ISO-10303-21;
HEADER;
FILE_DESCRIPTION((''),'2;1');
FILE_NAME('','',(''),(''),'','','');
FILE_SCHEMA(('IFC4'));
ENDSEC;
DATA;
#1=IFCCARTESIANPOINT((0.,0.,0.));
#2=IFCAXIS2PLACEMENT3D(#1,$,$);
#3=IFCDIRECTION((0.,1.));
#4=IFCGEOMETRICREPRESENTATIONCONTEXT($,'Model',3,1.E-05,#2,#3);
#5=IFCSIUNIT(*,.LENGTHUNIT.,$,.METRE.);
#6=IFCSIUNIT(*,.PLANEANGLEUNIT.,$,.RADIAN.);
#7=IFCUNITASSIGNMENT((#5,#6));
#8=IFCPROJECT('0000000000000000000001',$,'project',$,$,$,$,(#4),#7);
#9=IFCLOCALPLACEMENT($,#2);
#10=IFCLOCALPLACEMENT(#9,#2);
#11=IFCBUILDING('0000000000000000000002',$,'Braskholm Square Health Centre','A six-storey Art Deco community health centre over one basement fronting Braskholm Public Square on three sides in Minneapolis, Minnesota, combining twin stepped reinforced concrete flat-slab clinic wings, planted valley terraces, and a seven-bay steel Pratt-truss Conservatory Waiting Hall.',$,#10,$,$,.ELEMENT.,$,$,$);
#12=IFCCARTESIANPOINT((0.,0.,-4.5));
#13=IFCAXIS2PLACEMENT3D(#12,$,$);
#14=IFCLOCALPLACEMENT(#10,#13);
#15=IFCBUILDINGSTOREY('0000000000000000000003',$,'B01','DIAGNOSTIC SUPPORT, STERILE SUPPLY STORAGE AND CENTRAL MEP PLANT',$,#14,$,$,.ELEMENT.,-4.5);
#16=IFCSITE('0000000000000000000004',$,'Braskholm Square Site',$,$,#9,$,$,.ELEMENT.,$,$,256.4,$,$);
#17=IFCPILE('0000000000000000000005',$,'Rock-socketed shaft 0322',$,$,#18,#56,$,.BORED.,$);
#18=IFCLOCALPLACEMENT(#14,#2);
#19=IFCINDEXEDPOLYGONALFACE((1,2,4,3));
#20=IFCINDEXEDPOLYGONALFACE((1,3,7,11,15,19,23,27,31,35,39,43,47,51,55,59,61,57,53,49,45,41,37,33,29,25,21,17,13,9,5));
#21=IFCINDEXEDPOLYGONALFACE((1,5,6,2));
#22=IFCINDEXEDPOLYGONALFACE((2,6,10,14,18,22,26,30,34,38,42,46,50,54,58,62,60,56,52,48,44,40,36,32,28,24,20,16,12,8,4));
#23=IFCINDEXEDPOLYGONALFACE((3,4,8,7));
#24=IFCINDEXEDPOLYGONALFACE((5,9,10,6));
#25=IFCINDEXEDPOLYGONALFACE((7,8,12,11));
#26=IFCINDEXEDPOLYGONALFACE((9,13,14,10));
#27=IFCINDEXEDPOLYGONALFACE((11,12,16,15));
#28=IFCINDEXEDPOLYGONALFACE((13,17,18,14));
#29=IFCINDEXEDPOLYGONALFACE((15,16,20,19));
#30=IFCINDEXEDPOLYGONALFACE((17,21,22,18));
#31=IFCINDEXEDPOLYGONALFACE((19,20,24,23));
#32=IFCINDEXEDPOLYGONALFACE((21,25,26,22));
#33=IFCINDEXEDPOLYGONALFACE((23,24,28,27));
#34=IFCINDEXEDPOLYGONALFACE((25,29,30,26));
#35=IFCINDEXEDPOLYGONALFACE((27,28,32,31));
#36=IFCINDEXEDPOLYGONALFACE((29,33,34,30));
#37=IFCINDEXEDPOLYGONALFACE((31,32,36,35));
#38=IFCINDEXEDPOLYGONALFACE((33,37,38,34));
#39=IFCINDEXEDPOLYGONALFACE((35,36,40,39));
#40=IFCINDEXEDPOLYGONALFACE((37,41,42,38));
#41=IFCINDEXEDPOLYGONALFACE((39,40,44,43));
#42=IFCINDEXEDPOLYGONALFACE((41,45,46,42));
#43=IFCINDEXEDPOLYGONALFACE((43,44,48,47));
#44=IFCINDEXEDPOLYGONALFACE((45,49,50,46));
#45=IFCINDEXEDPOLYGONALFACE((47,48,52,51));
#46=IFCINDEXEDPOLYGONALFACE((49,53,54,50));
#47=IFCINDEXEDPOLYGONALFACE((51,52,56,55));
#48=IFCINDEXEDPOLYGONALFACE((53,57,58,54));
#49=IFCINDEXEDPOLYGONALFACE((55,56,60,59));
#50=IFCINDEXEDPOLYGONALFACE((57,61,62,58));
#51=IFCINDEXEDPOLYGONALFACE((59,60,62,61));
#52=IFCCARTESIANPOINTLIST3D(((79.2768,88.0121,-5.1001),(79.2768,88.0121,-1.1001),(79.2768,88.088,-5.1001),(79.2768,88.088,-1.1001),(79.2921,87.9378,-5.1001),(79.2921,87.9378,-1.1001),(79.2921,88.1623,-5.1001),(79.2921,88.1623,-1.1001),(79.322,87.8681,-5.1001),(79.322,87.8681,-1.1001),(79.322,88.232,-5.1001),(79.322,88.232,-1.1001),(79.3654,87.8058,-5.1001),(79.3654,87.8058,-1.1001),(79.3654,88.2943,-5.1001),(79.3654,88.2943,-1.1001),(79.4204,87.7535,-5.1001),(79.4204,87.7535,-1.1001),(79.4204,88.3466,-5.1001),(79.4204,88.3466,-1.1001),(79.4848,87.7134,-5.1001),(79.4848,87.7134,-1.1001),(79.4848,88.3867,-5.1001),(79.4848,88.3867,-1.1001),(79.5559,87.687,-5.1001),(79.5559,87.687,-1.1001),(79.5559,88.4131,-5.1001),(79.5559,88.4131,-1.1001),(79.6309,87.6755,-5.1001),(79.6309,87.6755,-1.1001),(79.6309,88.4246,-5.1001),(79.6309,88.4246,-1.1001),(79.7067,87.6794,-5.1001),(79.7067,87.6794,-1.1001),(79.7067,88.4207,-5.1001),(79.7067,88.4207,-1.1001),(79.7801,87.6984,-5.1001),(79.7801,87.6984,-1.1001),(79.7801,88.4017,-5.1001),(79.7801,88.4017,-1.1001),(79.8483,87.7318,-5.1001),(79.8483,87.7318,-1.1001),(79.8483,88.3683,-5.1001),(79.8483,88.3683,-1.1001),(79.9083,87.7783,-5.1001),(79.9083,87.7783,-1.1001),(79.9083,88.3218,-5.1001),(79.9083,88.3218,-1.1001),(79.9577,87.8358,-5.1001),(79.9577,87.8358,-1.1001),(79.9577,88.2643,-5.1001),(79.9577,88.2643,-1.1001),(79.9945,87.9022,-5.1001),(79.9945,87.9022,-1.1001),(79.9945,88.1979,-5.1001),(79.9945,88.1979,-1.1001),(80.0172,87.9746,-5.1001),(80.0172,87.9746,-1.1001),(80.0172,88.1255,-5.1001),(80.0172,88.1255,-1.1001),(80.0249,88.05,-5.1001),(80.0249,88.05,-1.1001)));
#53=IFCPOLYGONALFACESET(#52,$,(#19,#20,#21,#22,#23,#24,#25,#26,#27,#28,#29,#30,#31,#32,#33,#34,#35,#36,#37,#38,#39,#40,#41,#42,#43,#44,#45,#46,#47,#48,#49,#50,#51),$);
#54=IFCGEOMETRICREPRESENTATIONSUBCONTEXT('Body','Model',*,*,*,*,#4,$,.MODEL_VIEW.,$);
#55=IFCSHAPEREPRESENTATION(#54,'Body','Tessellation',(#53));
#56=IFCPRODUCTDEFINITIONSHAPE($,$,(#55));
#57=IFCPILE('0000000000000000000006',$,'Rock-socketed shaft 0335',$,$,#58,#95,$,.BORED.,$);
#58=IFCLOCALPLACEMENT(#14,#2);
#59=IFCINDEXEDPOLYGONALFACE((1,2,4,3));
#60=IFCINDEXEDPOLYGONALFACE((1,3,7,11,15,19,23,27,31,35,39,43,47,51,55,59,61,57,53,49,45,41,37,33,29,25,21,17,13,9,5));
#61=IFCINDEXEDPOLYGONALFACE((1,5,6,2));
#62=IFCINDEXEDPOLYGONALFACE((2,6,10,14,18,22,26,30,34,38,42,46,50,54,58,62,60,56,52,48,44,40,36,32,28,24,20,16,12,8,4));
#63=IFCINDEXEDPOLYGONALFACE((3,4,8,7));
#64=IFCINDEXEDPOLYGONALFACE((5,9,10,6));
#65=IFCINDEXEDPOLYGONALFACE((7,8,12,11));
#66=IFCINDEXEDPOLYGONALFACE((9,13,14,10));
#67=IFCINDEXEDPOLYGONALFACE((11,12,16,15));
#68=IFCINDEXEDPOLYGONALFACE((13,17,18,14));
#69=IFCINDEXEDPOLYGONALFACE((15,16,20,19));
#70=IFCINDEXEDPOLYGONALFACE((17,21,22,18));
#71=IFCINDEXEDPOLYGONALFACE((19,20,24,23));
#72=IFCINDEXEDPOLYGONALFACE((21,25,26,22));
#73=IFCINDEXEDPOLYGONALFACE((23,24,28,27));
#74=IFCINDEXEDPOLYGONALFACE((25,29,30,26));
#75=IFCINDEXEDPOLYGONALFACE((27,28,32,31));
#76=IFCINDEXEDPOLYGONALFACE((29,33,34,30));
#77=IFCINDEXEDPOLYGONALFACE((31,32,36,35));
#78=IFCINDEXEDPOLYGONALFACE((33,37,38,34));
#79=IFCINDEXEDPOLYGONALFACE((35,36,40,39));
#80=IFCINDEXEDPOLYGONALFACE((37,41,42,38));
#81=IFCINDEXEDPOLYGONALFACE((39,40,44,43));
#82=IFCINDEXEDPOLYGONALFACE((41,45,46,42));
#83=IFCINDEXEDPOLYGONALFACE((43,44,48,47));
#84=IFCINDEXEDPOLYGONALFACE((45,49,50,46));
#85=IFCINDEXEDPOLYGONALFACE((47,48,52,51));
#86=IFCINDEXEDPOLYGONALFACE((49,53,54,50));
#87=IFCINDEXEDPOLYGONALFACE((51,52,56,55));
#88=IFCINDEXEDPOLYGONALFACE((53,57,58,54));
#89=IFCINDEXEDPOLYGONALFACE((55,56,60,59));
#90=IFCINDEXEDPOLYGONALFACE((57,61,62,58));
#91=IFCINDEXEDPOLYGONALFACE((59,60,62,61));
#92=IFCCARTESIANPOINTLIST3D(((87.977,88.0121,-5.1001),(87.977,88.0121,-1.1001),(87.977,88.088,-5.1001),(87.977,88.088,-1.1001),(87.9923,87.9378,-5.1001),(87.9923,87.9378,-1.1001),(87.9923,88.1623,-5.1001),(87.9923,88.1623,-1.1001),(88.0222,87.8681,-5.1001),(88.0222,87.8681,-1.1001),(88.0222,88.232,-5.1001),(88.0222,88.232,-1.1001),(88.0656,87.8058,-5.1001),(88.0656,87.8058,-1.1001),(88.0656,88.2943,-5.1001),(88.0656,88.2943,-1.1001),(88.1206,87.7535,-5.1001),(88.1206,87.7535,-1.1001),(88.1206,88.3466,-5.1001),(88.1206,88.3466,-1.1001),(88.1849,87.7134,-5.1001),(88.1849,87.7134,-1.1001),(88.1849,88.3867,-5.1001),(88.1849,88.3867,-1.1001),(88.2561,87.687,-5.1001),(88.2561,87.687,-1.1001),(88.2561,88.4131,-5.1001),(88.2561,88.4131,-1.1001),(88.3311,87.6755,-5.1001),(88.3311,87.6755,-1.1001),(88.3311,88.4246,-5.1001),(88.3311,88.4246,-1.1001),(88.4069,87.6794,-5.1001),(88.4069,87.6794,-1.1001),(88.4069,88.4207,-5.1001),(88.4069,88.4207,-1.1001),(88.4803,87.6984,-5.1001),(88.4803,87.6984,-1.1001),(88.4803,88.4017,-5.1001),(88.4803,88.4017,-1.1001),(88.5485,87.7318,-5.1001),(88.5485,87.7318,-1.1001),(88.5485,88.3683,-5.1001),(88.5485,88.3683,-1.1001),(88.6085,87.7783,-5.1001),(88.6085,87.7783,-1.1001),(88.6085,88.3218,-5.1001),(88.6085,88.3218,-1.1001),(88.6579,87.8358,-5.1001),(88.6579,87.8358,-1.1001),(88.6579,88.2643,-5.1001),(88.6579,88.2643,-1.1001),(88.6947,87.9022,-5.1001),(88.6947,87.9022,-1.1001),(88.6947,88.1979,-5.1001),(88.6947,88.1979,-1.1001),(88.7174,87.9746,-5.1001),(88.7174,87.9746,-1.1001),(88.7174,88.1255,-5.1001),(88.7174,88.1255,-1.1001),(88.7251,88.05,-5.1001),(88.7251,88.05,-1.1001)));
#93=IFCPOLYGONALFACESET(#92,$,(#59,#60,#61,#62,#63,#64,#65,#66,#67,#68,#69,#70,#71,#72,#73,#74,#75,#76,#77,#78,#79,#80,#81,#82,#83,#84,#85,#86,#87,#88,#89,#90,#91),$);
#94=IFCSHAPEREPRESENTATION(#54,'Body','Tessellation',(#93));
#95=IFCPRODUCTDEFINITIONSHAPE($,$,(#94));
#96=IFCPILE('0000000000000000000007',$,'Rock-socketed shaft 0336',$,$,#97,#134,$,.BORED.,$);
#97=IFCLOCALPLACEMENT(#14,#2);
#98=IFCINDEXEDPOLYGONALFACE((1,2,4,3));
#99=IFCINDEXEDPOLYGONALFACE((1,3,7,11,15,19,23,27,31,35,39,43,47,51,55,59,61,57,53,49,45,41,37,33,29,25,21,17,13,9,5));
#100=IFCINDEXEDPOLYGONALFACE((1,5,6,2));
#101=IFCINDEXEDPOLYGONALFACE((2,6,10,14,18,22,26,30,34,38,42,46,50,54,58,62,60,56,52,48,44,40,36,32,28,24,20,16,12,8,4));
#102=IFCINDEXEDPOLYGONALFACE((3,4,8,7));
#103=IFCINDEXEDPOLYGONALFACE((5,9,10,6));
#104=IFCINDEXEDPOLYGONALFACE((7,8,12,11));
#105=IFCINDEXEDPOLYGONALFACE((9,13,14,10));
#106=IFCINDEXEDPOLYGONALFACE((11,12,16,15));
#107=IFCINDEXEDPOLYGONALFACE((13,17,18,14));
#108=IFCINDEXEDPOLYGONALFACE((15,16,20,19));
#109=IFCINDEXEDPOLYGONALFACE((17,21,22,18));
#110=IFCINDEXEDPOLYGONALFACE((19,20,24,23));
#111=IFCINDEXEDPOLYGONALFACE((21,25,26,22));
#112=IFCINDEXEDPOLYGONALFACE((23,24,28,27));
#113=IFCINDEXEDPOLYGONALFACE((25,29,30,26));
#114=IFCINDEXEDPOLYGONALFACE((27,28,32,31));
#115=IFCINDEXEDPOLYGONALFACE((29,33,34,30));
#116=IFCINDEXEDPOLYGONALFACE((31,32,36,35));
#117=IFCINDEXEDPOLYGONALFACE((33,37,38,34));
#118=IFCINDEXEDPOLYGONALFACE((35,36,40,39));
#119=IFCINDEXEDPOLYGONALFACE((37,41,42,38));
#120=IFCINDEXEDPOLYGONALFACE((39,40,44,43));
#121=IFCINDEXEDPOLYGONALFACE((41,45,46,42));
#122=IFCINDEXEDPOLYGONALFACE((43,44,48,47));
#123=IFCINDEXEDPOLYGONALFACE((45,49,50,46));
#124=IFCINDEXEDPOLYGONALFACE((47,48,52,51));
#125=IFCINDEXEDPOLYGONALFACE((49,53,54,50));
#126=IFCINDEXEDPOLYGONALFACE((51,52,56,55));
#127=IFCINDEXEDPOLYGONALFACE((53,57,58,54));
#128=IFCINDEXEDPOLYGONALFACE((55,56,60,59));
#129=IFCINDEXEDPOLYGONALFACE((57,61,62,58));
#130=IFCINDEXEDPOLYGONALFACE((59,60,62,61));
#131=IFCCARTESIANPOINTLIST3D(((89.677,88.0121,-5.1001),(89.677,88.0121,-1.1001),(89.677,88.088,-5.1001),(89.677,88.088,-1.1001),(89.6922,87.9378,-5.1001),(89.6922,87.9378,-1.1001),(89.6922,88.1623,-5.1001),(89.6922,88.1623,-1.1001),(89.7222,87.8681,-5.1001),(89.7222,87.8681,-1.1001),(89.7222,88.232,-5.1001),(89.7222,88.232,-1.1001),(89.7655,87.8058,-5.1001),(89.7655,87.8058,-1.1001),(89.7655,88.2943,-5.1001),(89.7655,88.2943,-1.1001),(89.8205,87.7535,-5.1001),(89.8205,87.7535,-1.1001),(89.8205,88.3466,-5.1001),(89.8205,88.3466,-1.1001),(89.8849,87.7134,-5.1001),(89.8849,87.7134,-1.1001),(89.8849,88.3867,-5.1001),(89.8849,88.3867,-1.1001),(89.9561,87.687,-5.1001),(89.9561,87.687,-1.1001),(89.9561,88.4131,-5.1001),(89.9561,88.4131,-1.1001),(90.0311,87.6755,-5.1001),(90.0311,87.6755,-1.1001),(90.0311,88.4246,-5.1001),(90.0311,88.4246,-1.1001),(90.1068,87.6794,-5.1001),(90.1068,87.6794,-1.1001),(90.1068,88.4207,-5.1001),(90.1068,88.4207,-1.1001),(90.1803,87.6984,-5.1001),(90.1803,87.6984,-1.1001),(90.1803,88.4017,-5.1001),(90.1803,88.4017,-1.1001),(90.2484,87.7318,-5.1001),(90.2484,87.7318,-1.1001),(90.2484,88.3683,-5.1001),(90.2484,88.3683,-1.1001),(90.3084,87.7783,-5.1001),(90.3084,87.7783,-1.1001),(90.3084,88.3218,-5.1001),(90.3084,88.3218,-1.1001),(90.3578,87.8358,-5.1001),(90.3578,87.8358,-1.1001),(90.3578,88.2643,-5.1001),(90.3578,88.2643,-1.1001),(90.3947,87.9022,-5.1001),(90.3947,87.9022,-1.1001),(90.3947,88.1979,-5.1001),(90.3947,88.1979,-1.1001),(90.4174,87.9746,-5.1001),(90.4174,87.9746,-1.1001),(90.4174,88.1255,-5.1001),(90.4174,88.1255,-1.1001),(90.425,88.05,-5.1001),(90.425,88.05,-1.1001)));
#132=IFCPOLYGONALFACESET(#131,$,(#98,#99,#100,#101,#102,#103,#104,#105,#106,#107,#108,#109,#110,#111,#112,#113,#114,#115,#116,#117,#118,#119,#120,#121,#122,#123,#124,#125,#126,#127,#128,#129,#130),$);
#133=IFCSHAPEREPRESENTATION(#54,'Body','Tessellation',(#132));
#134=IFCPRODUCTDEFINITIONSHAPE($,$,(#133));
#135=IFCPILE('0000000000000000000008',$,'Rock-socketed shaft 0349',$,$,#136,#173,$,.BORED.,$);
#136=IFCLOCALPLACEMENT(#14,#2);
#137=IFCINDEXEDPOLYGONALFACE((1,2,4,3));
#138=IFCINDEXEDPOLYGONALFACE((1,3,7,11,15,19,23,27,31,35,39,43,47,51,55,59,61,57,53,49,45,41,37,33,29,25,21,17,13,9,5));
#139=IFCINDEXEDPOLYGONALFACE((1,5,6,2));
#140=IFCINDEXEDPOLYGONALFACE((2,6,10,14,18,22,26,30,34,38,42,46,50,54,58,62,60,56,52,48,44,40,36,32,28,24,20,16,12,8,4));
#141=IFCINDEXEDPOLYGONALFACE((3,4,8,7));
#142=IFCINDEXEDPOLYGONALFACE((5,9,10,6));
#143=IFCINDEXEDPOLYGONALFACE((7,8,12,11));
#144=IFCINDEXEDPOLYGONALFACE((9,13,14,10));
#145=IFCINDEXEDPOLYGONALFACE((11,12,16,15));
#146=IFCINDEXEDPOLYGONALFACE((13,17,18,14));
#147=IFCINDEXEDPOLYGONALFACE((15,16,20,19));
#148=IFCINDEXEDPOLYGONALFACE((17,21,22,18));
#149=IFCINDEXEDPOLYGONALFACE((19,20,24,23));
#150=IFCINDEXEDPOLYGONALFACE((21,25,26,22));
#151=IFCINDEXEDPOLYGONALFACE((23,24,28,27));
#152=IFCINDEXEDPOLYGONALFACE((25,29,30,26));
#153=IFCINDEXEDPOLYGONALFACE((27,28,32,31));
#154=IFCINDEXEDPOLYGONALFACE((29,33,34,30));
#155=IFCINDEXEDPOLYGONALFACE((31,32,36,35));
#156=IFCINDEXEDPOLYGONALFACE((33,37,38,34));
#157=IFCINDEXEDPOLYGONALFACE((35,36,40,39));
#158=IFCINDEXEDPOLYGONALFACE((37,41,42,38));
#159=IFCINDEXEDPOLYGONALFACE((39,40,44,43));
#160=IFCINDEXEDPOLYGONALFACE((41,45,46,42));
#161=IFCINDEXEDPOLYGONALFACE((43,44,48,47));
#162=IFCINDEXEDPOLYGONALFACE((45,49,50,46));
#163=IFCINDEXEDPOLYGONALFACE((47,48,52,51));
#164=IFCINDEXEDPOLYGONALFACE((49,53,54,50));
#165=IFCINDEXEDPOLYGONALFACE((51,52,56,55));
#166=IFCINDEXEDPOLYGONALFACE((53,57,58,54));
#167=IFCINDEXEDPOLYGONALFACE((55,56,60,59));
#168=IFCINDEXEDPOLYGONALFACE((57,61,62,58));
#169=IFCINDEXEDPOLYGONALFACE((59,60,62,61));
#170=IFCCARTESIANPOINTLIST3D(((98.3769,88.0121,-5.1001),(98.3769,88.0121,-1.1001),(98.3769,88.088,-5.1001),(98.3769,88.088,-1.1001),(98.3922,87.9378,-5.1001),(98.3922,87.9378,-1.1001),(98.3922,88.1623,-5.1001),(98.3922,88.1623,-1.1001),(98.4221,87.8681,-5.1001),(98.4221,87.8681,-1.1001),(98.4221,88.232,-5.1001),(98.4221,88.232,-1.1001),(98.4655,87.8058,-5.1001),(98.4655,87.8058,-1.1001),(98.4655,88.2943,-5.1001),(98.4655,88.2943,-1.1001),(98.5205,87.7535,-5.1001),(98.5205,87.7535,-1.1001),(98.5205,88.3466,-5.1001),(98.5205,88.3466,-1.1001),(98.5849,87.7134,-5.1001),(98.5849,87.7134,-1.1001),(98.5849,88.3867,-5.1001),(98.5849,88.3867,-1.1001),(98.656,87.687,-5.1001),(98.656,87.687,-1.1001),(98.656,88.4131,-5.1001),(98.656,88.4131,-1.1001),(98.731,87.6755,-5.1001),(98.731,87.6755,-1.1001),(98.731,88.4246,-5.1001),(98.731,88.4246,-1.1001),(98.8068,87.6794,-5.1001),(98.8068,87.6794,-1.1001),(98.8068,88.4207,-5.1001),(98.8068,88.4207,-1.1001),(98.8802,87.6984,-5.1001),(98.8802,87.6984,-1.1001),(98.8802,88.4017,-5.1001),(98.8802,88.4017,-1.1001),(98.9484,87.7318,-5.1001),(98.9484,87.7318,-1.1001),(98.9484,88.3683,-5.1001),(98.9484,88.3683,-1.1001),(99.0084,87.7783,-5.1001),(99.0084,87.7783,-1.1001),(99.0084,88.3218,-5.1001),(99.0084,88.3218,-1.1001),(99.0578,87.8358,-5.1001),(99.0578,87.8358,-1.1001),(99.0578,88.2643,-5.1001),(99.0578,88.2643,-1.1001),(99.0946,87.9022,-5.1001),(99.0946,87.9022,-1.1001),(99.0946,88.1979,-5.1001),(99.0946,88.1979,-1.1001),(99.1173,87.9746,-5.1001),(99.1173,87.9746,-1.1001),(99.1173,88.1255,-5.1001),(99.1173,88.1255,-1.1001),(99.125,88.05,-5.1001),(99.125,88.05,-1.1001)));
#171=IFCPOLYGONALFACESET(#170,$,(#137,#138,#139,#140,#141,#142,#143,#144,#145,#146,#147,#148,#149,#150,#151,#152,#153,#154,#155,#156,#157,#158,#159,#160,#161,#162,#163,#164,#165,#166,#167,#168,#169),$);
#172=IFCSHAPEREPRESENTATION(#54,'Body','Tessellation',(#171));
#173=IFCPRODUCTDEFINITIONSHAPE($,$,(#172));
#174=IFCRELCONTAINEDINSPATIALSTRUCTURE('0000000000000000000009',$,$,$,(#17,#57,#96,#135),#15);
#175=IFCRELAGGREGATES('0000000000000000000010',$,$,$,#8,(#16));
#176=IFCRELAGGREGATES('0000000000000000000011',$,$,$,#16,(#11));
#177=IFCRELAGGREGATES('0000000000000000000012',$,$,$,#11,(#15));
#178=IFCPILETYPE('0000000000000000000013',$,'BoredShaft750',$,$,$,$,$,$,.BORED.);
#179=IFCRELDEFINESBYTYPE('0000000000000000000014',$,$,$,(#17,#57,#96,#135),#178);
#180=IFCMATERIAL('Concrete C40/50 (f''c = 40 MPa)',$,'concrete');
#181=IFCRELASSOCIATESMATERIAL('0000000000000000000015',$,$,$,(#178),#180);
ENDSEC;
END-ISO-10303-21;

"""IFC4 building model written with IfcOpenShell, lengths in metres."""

from ifc_helpers import new_model, si_unit, direction, frame, origin, origin_2d, place, context, subcontext, project, spatial, circle, extrude, material, material_profile, profile_set, type_object, element, save


model = new_model("IFC4")

# Units and contexts
model_context = context("Model", 3, precision=1e-05, world=origin(), true_north=direction((0.0, 1.0)))
body_context = subcontext(model_context, "Body", "Model", "MODEL_VIEW")
ifc_project = project(units=[si_unit("LENGTHUNIT", "METRE"), si_unit("PLANEANGLEUNIT", "RADIAN")], contexts=[model_context])

# Site, building, storey
site_placement = place(None, origin())
site = spatial("IfcSite", under=ifc_project, at=site_placement, Name="Braskholm Square Site", CompositionType="ELEMENT", RefElevation=256.4)
building_placement = place(site_placement, origin())
building = spatial("IfcBuilding", under=site, at=building_placement, Name="Braskholm Square Health Centre", Description="A six-storey Art Deco community health centre over one basement fronting Braskholm Public Square on three sides in Minneapolis, Minnesota, combining twin stepped reinforced concrete flat-slab clinic wings, planted valley terraces, and a seven-bay steel Pratt-truss Conservatory Waiting Hall.", CompositionType="ELEMENT")
storey_placement = place(building_placement, frame((0.0, 0.0, -4.5)))
storey = spatial("IfcBuildingStorey", under=building, at=storey_placement, Name="B01", Description="DIAGNOSTIC SUPPORT, STERILE SUPPLY STORAGE AND CENTRAL MEP PLANT", CompositionType="ELEMENT", Elevation=-4.5)

# Piles
ifc_material_1 = material(Name="Concrete C40/50 (f'c = 40 MPa)", Category="concrete")
ifc_material_profile_1 = material_profile(ifc_material_1, circle(Radius=0.375, at=origin_2d()), Name="BORED-PILE-750")
ifc_profile_set_1 = profile_set([ifc_material_profile_1], Name="Concrete C40/50 (f'c = 40 MPa)")
pile_type_1 = type_object("IfcPileType", Name="BoredShaft750", PredefinedType="BORED", material=ifc_profile_set_1)
for number, where, z_axis, x_axis, name in (
    (1, (79.6499, 88.05, -1.1001), (0.0, 0.0, -1.0), (1.0, 0.0, 0.0), "Rock-socketed shaft 0322"),
    (2, (88.3501, 88.05, -1.1001), (0.0, 0.0, -1.0), (1.0, 0.0, 0.0), "Rock-socketed shaft 0335"),
    (3, (90.05, 88.05, -1.1001), (0.0, 0.0, -1.0), (1.0, 0.0, 0.0), "Rock-socketed shaft 0336"),
    (4, (98.75, 88.05, -1.1001), (0.0, 0.0, -1.0), (1.0, 0.0, 0.0), "Rock-socketed shaft 0349"),
):
    element("IfcPile", number, at=place(storey_placement, frame(where, z_axis=z_axis, x_axis=x_axis)), inside=storey, type_object=pile_type_1, Name=name, PredefinedType="BORED", context=body_context, shape_type="SweptSolid", body=[
        extrude(circle(Radius=0.375, at=origin_2d()), origin(), (0.0, 0.0, 1.0), 4.0),
    ])

save(model, "model.ifc")
